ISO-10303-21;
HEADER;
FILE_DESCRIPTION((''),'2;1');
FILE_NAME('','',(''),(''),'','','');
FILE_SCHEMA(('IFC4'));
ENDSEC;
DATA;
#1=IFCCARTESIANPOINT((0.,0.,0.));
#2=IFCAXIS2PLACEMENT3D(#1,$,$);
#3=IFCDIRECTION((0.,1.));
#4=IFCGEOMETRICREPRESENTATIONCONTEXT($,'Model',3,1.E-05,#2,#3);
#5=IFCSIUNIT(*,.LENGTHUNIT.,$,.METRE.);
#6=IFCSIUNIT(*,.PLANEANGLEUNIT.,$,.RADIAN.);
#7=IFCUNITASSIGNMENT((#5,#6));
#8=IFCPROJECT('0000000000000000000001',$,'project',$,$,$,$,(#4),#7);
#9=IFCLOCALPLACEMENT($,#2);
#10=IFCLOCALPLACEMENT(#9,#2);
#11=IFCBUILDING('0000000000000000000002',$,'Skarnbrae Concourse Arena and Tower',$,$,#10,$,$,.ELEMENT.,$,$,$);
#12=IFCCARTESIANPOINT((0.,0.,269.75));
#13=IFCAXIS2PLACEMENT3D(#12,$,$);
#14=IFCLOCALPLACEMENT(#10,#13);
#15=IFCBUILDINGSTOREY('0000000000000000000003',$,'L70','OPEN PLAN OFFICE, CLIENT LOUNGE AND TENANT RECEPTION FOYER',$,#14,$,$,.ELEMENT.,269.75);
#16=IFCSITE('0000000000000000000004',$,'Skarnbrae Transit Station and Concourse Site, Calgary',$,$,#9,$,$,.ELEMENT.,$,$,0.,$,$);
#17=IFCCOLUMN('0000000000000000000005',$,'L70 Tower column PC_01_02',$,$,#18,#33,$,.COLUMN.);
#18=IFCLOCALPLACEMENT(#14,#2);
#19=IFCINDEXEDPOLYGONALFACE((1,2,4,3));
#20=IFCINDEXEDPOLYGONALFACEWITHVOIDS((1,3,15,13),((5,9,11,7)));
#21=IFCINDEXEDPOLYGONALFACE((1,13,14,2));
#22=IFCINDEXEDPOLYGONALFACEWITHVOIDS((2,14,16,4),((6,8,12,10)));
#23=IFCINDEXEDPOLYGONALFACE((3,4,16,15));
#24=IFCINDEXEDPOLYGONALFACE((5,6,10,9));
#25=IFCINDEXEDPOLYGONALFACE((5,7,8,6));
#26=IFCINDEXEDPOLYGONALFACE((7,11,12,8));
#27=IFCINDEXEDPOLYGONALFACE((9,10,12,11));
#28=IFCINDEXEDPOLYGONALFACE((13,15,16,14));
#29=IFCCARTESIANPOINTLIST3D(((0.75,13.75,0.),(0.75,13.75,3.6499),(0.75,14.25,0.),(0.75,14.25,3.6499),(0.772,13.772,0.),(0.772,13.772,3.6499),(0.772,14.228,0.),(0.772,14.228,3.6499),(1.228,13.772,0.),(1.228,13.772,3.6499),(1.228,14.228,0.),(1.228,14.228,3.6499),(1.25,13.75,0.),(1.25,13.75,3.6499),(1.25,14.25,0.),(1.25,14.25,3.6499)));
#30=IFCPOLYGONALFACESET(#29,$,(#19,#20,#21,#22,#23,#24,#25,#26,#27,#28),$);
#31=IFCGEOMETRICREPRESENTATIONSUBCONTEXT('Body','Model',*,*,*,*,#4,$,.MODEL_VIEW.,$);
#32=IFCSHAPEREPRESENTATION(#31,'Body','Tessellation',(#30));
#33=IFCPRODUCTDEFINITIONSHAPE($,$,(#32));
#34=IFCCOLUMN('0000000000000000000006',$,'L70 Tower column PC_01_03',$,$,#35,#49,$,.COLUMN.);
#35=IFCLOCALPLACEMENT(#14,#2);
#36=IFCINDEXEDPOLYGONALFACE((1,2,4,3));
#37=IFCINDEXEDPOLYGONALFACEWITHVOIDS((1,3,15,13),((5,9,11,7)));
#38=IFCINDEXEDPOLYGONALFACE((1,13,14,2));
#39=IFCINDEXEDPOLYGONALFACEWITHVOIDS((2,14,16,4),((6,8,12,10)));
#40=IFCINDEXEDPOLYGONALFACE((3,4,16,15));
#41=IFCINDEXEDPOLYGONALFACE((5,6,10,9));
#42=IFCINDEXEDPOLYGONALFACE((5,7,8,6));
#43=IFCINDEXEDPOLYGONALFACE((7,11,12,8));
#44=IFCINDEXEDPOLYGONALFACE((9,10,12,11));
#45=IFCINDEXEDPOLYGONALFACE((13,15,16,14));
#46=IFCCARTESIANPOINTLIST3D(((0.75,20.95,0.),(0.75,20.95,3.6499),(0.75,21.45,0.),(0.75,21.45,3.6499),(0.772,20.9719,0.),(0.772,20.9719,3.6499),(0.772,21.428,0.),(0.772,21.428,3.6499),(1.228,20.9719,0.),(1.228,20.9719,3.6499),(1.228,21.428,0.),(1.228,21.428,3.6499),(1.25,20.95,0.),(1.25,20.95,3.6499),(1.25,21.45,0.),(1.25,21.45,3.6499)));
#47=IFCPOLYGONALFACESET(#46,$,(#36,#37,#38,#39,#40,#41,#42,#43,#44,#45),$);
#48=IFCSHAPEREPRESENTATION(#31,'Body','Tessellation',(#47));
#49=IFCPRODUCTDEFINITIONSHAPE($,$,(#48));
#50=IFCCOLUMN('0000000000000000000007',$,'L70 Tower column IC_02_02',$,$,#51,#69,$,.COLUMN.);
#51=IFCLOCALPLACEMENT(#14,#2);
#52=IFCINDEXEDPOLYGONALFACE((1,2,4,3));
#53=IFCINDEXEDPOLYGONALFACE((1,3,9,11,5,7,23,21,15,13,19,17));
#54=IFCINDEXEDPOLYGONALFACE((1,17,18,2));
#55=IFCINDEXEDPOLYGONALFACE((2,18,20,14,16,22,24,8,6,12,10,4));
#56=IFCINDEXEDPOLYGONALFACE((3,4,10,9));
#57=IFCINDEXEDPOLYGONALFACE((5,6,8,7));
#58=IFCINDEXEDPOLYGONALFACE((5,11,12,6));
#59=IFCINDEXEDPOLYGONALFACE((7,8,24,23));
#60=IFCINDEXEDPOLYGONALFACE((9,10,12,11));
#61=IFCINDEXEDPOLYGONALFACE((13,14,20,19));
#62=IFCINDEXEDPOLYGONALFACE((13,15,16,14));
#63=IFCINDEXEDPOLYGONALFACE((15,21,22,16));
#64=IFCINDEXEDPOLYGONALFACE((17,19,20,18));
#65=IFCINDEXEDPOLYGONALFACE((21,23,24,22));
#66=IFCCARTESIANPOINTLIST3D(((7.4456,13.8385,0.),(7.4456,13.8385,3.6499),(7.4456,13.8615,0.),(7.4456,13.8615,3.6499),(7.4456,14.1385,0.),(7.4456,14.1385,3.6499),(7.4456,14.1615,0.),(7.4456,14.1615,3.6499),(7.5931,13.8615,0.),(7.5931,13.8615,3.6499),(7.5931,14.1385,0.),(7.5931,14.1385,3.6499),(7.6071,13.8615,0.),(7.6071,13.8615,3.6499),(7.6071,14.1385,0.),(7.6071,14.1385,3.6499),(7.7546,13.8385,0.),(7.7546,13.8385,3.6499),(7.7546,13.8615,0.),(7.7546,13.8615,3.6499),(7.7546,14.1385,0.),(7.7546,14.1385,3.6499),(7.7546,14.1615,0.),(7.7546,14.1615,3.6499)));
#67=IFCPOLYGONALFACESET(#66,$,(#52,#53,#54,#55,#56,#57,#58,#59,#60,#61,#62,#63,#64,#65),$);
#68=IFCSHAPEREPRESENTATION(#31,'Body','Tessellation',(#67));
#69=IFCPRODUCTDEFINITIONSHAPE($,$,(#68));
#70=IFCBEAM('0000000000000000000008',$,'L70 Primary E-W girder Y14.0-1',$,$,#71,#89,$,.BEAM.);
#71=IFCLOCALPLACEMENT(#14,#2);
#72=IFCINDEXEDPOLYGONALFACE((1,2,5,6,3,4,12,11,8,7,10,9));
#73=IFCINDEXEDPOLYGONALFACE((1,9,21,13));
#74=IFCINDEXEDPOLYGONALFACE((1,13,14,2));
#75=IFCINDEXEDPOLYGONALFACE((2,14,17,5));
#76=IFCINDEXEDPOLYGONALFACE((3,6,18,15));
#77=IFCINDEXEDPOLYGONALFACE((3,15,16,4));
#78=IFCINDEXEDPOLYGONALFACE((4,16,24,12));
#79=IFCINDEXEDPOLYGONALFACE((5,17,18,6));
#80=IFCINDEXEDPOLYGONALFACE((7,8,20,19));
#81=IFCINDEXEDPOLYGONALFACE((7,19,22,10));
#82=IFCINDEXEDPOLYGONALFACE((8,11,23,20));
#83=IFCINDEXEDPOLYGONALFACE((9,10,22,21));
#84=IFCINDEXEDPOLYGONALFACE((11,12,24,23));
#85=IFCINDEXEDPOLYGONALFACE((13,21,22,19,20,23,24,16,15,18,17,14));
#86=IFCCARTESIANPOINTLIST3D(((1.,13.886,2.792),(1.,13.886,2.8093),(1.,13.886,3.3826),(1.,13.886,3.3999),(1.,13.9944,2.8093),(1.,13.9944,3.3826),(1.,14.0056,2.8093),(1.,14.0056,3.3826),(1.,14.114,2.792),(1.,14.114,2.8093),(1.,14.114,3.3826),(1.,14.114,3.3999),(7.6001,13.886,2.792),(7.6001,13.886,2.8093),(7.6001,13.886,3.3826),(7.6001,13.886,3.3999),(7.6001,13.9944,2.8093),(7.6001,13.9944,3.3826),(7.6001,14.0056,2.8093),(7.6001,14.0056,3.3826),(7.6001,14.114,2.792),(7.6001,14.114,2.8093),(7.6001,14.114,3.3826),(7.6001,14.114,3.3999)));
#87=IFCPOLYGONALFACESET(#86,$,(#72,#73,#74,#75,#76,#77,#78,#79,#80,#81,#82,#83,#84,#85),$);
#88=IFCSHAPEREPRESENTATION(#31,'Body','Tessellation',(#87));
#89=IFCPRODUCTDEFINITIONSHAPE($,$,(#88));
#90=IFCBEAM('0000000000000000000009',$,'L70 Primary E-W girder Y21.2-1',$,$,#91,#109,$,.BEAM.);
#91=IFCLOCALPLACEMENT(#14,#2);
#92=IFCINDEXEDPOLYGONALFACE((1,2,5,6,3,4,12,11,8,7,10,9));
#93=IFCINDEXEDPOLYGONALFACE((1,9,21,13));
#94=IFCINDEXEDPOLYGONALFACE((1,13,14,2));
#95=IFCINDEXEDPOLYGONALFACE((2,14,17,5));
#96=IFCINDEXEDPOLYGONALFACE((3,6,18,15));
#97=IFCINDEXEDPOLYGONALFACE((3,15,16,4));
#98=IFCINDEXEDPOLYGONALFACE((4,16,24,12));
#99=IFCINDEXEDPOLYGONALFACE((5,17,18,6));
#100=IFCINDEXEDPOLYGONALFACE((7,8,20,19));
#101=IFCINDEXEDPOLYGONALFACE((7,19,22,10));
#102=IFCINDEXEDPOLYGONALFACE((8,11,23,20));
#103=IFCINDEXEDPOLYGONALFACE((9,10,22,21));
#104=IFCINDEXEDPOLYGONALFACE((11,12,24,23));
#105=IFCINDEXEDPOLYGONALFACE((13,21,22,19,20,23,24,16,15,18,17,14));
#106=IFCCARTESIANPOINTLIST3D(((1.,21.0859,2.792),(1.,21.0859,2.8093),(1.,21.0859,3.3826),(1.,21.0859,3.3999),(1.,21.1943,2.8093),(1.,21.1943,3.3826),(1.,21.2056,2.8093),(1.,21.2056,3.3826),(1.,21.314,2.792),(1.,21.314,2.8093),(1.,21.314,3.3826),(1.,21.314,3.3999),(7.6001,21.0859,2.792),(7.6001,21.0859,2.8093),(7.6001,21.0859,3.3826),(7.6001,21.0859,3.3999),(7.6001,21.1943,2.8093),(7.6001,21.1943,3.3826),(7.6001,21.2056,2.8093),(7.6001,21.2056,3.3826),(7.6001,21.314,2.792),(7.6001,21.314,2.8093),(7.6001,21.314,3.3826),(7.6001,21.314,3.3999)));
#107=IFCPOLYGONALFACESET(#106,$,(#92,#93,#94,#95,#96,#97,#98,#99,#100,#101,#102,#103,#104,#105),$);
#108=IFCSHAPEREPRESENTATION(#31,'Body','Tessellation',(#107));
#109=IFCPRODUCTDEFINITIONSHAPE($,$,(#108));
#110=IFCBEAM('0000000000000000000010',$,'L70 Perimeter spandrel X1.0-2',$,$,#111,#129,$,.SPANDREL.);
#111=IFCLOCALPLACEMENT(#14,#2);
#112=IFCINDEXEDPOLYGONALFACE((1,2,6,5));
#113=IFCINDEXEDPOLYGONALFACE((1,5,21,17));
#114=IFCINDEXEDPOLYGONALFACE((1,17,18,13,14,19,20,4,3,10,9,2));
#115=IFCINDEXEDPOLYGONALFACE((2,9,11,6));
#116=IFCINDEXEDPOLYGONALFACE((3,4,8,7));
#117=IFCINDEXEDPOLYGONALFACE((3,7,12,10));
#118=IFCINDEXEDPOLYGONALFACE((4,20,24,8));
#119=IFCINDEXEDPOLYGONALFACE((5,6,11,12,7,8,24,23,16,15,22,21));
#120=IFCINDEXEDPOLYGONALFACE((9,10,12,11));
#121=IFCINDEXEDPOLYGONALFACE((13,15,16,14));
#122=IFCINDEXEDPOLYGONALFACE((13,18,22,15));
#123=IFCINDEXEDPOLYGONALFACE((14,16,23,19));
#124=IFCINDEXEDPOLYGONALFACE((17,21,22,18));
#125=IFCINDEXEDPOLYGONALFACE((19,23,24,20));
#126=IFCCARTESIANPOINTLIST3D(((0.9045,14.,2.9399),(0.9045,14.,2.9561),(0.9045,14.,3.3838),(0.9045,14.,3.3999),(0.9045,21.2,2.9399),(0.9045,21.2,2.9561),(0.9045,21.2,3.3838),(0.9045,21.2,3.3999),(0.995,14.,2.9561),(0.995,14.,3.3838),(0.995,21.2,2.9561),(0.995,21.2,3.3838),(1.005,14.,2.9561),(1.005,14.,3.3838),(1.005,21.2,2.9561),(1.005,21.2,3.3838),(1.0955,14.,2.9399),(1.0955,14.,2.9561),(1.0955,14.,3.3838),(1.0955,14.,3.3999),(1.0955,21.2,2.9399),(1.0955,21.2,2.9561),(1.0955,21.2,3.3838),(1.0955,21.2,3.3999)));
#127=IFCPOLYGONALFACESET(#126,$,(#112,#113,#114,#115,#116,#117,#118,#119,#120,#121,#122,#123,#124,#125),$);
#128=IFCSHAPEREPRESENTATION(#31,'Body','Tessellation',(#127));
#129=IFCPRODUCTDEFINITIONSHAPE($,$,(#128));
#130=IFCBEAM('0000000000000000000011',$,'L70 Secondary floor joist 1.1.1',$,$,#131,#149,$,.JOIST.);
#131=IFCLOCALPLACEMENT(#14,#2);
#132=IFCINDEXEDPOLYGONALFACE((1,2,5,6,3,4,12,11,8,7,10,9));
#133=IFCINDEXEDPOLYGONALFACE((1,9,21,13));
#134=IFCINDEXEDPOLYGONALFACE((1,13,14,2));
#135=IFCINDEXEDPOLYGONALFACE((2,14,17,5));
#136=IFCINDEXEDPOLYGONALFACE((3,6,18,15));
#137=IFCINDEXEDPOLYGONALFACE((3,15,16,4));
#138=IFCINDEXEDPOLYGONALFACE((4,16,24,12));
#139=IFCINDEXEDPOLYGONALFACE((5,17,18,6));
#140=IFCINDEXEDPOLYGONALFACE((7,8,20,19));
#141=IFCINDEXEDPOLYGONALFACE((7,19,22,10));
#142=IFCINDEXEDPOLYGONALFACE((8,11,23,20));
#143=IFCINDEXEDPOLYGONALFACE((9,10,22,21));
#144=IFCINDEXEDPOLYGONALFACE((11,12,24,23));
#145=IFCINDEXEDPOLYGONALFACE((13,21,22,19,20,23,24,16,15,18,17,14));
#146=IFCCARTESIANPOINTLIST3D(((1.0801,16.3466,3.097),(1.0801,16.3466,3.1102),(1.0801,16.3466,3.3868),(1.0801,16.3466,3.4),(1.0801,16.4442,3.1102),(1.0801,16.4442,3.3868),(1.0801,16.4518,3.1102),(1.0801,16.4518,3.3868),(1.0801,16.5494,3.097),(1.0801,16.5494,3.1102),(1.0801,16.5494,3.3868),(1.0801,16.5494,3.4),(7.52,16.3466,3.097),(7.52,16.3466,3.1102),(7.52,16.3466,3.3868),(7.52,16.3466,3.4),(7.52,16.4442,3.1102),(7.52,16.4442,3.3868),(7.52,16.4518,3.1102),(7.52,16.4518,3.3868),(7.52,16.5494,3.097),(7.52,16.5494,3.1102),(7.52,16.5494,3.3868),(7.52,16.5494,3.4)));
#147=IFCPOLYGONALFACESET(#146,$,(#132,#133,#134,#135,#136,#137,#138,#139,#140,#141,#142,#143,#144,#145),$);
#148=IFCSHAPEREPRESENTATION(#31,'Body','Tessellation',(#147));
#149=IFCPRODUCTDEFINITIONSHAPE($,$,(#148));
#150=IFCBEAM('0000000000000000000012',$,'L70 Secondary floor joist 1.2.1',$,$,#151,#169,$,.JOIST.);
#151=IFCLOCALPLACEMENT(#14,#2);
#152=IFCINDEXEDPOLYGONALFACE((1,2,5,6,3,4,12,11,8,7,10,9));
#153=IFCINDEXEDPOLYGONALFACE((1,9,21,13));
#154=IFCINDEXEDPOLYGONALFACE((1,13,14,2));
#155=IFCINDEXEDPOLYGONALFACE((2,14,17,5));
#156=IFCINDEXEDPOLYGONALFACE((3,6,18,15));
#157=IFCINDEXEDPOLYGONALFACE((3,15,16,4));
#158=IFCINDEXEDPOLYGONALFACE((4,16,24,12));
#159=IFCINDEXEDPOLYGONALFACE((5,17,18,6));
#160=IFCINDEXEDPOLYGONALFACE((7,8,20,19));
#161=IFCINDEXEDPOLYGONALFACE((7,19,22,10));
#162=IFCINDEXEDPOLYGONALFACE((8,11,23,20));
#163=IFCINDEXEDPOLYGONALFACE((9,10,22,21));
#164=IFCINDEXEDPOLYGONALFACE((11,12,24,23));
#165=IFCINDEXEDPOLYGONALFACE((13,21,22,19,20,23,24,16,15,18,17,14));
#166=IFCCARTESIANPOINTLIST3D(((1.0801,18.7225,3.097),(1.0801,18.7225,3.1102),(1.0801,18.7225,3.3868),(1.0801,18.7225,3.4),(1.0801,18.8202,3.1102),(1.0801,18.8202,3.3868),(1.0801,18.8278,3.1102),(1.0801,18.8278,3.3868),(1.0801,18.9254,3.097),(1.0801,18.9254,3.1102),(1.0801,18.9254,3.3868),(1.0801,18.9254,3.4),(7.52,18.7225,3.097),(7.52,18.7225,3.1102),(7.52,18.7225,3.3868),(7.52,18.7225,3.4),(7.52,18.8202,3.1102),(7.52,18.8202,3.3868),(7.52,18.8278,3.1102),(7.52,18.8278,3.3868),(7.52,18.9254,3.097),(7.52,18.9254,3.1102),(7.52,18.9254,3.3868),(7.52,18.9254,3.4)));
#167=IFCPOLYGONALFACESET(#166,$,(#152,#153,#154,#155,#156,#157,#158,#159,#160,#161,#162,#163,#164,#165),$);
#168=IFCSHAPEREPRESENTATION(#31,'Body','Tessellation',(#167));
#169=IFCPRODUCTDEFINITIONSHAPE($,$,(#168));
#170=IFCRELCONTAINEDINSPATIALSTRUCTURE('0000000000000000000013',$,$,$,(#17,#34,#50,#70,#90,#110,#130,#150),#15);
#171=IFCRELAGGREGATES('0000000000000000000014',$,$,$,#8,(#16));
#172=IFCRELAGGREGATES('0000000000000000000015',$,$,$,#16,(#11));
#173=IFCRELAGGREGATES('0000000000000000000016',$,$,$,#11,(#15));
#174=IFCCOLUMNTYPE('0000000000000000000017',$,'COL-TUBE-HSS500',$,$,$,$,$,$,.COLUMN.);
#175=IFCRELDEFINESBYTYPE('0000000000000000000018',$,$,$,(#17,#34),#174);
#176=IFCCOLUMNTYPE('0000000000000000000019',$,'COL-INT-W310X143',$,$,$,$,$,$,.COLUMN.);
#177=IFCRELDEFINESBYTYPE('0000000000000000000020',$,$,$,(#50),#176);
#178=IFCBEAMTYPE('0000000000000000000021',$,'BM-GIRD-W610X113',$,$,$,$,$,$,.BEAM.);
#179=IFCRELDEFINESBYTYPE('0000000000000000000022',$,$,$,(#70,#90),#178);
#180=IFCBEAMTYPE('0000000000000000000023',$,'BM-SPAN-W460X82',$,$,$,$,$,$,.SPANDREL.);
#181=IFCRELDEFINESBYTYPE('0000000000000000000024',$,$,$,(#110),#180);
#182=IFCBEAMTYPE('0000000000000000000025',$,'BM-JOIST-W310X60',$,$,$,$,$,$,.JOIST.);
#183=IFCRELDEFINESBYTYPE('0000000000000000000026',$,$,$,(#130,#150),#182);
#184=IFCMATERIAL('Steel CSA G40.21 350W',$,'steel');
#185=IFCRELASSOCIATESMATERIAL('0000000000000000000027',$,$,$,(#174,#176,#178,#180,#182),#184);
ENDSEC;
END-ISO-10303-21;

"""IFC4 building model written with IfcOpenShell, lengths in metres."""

from ifc_helpers import new_model, si_unit, direction, frame, origin, origin_2d, place, context, subcontext, project, spatial, hollow_rectangle, i_section, extrude, source, transform, mapped, material, material_profile, profile_set, type_object, element, save


model = new_model("IFC4")

# Units and contexts
model_context = context("Model", 3, precision=1e-05, world=origin(), true_north=direction((0.0, 1.0)))
body_context = subcontext(model_context, "Body", "Model", "MODEL_VIEW")
ifc_project = project(units=[si_unit("LENGTHUNIT", "METRE"), si_unit("PLANEANGLEUNIT", "RADIAN")], contexts=[model_context])

# Site, building, storey
site_placement = place(None, origin())
site = spatial("IfcSite", under=ifc_project, at=site_placement, Name="Skarnbrae Transit Station and Concourse Site, Calgary", CompositionType="ELEMENT", RefElevation=0.0)
building_placement = place(site_placement, origin())
building = spatial("IfcBuilding", under=site, at=building_placement, Name="Skarnbrae Concourse Arena and Tower", CompositionType="ELEMENT")
storey_placement = place(building_placement, frame((0.0, 0.0, 269.75)))
storey = spatial("IfcBuildingStorey", under=building, at=storey_placement, Name="L70", Description="OPEN PLAN OFFICE, CLIENT LOUNGE AND TENANT RECEPTION FOYER", CompositionType="ELEMENT", Elevation=269.75)

# Columns
ifc_material_1 = material(Name="Steel CSA G40.21 350W", Category="steel")
ifc_material_profile_1 = material_profile(ifc_material_1, hollow_rectangle(XDim=0.5, YDim=0.5, WallThickness=0.022, at=origin_2d()), Name="HSS500X500X22.0")
ifc_profile_set_1 = profile_set([ifc_material_profile_1], Name="Steel CSA G40.21 350W")
column_type_1 = type_object("IfcColumnType", Name="COL-TUBE-HSS500", PredefinedType="COLUMN", material=ifc_profile_set_1)
shared_shape_1 = source(origin(), body_context, "Body", "SweptSolid", [
    extrude(hollow_rectangle(XDim=0.5, YDim=0.5, WallThickness=0.022, at=origin_2d()), origin(), (0.0, 0.0, 1.0), 3.6499),
])
for number, where, z_axis, x_axis, name in (
    (1, (1.0, 14.0, 0.0), (0.0, 0.0, 1.0), (1.0, 0.0, 0.0), "L70 Tower column PC_01_02"),
    (2, (1.0, 21.2, 0.0), (0.0, 0.0, 1.0), (1.0, 0.0, 0.0), "L70 Tower column PC_01_03"),
):
    element("IfcColumn", number, at=place(storey_placement, frame(where, z_axis=z_axis, x_axis=x_axis)), inside=storey, type_object=column_type_1, Name=name, PredefinedType="COLUMN", context=body_context, shape_type="MappedRepresentation", body=[
        mapped(shared_shape_1, transform((0.0, 0.0, 0.0))),
    ])
ifc_material_profile_2 = material_profile(ifc_material_1, i_section(OverallWidth=0.3091, OverallDepth=0.323, WebThickness=0.0139, FlangeThickness=0.0229, at=origin_2d()), Name="W310X143")
ifc_profile_set_2 = profile_set([ifc_material_profile_2], Name="Steel CSA G40.21 350W")
column_type_2 = type_object("IfcColumnType", Name="COL-INT-W310X143", PredefinedType="COLUMN", material=ifc_profile_set_2)
shared_shape_2 = source(origin(), body_context, "Body", "SweptSolid", [
    extrude(i_section(OverallWidth=0.3091, OverallDepth=0.323, WebThickness=0.0139, FlangeThickness=0.0229, at=origin_2d()), origin(), (0.0, 0.0, 1.0), 3.6499),
])
column_placement = place(storey_placement, frame((7.6001, 14.0, 0.0), z_axis=(0.0, 0.0, 1.0), x_axis=(1.0, 0.0, 0.0)))
element("IfcColumn", 3, at=column_placement, inside=storey, type_object=column_type_2, Name="L70 Tower column IC_02_02", PredefinedType="COLUMN", context=body_context, shape_type="MappedRepresentation", body=[
    mapped(shared_shape_2, transform((0.0, 0.0, 0.0))),
])

# Beams
ifc_material_profile_3 = material_profile(ifc_material_1, i_section(OverallWidth=0.228, OverallDepth=0.6079, WebThickness=0.0112, FlangeThickness=0.0173, at=origin_2d()), Name="W610X113")
ifc_profile_set_3 = profile_set([ifc_material_profile_3], Name="Steel CSA G40.21 350W")
beam_type_1 = type_object("IfcBeamType", Name="BM-GIRD-W610X113", PredefinedType="BEAM", material=ifc_profile_set_3)
shared_shape_3 = source(origin(), body_context, "Body", "SweptSolid", [
    extrude(i_section(OverallWidth=0.228, OverallDepth=0.6079, WebThickness=0.0112, FlangeThickness=0.0173, at=origin_2d()), origin(), (0.0, 0.0, 1.0), 6.6001),
])
for number, where, z_axis, x_axis, name in (
    (4, (1.0, 14.0, 3.0959), (1.0, 0.0, 0.0), (0.0, 1.0, 0.0), "L70 Primary E-W girder Y14.0-1"),
    (5, (1.0, 21.2, 3.0959), (1.0, 0.0, 0.0), (0.0, 1.0, 0.0), "L70 Primary E-W girder Y21.2-1"),
):
    element("IfcBeam", number, at=place(storey_placement, frame(where, z_axis=z_axis, x_axis=x_axis)), inside=storey, type_object=beam_type_1, Name=name, PredefinedType="BEAM", context=body_context, shape_type="MappedRepresentation", body=[
        mapped(shared_shape_3, transform((0.0, 0.0, 0.0))),
    ])
ifc_material_profile_4 = material_profile(ifc_material_1, i_section(OverallWidth=0.1909, OverallDepth=0.46, WebThickness=0.01, FlangeThickness=0.0161, at=origin_2d()), Name="W460X82")
ifc_profile_set_4 = profile_set([ifc_material_profile_4], Name="Steel CSA G40.21 350W")
beam_type_2 = type_object("IfcBeamType", Name="BM-SPAN-W460X82", PredefinedType="SPANDREL", material=ifc_profile_set_4)
shared_shape_4 = source(origin(), body_context, "Body", "SweptSolid", [
    extrude(i_section(OverallWidth=0.1909, OverallDepth=0.46, WebThickness=0.01, FlangeThickness=0.0161, at=origin_2d()), origin(), (0.0, 0.0, 1.0), 7.2),
])
beam_placement = place(storey_placement, frame((1.0, 14.0, 3.1699), z_axis=(0.0, 1.0, 0.0), x_axis=(-1.0, 0.0, 0.0)))
element("IfcBeam", 6, at=beam_placement, inside=storey, type_object=beam_type_2, Name="L70 Perimeter spandrel X1.0-2", PredefinedType="SPANDREL", context=body_context, shape_type="MappedRepresentation", body=[
    mapped(shared_shape_4, transform((0.0, 0.0, 0.0))),
])
ifc_material_profile_5 = material_profile(ifc_material_1, i_section(OverallWidth=0.2029, OverallDepth=0.303, WebThickness=0.0076, FlangeThickness=0.0132, at=origin_2d()), Name="W310X60")
ifc_profile_set_5 = profile_set([ifc_material_profile_5], Name="Steel CSA G40.21 350W")
beam_type_3 = type_object("IfcBeamType", Name="BM-JOIST-W310X60", PredefinedType="JOIST", material=ifc_profile_set_5)
shared_shape_5 = source(origin(), body_context, "Body", "SweptSolid", [
    extrude(i_section(OverallWidth=0.2029, OverallDepth=0.303, WebThickness=0.0076, FlangeThickness=0.0132, at=origin_2d()), origin(), (0.0, 0.0, 1.0), 6.4399),
])
for number, where, z_axis, x_axis, name in (
    (7, (1.0801, 16.448, 3.2485), (1.0, 0.0, 0.0), (0.0, 1.0, 0.0), "L70 Secondary floor joist 1.1.1"),
    (8, (1.0801, 18.824, 3.2485), (1.0, 0.0, 0.0), (0.0, 1.0, 0.0), "L70 Secondary floor joist 1.2.1"),
):
    element("IfcBeam", number, at=place(storey_placement, frame(where, z_axis=z_axis, x_axis=x_axis)), inside=storey, type_object=beam_type_3, Name=name, PredefinedType="JOIST", context=body_context, shape_type="MappedRepresentation", body=[
        mapped(shared_shape_5, transform((0.0, 0.0, 0.0))),
    ])

save(model, "model.ifc")
